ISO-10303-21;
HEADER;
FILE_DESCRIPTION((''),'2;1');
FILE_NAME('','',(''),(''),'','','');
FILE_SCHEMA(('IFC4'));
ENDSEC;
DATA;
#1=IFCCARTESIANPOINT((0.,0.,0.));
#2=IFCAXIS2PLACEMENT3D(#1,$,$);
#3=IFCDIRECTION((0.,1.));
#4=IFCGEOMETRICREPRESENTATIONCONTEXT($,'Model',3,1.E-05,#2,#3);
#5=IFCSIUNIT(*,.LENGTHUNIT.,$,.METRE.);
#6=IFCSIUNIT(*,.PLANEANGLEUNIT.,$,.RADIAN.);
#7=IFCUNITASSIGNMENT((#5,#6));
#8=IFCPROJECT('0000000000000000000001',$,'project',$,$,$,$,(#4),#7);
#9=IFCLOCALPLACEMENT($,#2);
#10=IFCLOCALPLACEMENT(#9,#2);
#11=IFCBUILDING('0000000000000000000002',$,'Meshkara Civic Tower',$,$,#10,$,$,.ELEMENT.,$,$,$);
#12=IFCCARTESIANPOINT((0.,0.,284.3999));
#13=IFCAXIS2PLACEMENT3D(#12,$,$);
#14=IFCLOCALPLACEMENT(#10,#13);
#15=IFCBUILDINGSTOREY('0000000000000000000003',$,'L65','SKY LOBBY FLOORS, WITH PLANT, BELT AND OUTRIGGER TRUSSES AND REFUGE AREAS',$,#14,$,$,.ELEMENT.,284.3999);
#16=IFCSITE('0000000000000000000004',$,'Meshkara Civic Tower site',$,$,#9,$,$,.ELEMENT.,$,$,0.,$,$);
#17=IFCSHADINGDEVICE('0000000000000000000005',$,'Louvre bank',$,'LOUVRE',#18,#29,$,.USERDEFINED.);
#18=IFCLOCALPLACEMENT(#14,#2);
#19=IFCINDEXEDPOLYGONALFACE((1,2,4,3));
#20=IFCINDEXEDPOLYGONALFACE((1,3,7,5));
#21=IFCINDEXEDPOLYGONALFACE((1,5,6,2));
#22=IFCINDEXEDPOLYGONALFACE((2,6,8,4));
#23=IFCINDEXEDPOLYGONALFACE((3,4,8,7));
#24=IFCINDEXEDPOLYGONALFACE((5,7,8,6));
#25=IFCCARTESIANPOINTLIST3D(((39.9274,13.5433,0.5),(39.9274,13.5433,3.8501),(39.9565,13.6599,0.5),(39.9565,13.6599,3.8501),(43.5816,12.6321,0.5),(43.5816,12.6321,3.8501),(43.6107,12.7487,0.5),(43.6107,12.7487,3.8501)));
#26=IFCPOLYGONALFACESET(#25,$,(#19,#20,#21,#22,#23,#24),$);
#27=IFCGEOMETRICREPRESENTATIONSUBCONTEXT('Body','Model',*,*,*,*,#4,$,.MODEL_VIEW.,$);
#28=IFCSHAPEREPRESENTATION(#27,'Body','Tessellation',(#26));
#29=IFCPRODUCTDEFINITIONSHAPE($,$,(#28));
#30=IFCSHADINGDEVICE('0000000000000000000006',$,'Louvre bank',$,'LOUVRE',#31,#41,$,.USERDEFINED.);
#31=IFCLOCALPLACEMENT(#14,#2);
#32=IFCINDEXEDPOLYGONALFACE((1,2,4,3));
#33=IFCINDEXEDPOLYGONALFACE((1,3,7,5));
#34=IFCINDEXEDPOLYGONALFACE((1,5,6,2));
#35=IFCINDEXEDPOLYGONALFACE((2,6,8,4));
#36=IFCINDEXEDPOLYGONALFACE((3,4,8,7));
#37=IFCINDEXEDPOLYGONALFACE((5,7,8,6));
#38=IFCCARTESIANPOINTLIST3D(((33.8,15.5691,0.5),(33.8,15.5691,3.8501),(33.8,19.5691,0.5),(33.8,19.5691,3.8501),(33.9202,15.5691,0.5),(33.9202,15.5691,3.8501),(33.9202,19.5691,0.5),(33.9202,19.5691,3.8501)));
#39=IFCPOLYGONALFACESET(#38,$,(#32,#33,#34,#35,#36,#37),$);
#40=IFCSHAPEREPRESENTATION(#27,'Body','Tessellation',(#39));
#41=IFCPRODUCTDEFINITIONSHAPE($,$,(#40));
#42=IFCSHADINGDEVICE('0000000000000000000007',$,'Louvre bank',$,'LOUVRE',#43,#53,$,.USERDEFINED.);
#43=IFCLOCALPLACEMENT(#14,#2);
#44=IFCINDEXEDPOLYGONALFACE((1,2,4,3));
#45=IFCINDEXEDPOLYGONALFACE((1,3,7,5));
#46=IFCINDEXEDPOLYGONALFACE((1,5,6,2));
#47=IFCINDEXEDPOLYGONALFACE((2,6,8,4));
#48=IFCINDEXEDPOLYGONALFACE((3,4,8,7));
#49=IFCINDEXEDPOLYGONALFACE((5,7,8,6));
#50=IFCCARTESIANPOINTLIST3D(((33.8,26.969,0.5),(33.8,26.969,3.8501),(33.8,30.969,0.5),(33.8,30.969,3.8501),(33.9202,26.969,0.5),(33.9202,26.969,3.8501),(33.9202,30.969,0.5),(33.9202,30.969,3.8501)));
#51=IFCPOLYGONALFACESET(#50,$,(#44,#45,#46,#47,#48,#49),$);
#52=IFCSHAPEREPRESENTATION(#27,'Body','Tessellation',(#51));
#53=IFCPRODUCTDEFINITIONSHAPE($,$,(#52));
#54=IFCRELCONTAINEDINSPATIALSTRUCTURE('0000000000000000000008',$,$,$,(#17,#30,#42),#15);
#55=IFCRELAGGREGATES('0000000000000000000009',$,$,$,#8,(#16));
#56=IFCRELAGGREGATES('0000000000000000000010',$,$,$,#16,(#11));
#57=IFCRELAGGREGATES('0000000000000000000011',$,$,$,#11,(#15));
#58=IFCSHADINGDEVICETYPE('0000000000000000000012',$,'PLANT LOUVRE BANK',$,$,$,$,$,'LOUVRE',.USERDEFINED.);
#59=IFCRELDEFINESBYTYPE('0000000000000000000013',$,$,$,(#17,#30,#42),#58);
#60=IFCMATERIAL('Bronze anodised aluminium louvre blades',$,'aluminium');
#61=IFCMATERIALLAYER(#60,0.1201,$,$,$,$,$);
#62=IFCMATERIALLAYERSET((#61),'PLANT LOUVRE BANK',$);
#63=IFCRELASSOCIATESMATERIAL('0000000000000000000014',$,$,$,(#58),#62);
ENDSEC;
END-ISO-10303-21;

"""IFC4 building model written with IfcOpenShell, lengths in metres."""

from ifc_helpers import new_model, si_unit, direction, frame, origin, origin_2d, place, context, subcontext, project, spatial, rectangle, extrude, material, layer, layer_set, type_object, element, save


model = new_model("IFC4")

# Units and contexts
model_context = context("Model", 3, precision=1e-05, world=origin(), true_north=direction((0.0, 1.0)))
body_context = subcontext(model_context, "Body", "Model", "MODEL_VIEW")
ifc_project = project(units=[si_unit("LENGTHUNIT", "METRE"), si_unit("PLANEANGLEUNIT", "RADIAN")], contexts=[model_context])

# Site, building, storey
site_placement = place(None, origin())
site = spatial("IfcSite", under=ifc_project, at=site_placement, Name="Meshkara Civic Tower site", CompositionType="ELEMENT", RefElevation=0.0)
building_placement = place(site_placement, origin())
building = spatial("IfcBuilding", under=site, at=building_placement, Name="Meshkara Civic Tower", CompositionType="ELEMENT")
storey_placement = place(building_placement, frame((0.0, 0.0, 284.3999)))
storey = spatial("IfcBuildingStorey", under=building, at=storey_placement, Name="L65", Description="SKY LOBBY FLOORS, WITH PLANT, BELT AND OUTRIGGER TRUSSES AND REFUGE AREAS", CompositionType="ELEMENT", Elevation=284.3999)

# Shading devices
ifc_material_1 = material(Name="Bronze anodised aluminium louvre blades", Category="aluminium")
ifc_layer_1 = layer(ifc_material_1, 0.1201)
ifc_layer_set_1 = layer_set([ifc_layer_1], Name="PLANT LOUVRE BANK")
shading_device_type = type_object("IfcShadingDeviceType", Name="PLANT LOUVRE BANK", ElementType="LOUVRE", PredefinedType="USERDEFINED", material=ifc_layer_set_1)
shading_device_placement = place(storey_placement, frame((41.769, 13.146, 0.5), z_axis=(0.0, 0.0, 1.0), x_axis=(-0.970292, 0.241939, 0.0)))
element("IfcShadingDevice", 1, at=shading_device_placement, inside=storey, type_object=shading_device_type, Name="Louvre bank", ObjectType="LOUVRE", PredefinedType="USERDEFINED", context=body_context, shape_type="SweptSolid", body=[
    extrude(rectangle(XDim=3.7661, YDim=0.1201, at=origin_2d()), origin(), (0.0, 0.0, 1.0), 3.3501),
])
for number, where, z_axis, x_axis, name in (
    (2, (33.8601, 17.5691, 0.5), (0.0, 0.0, 1.0), (0.0, 1.0, 0.0), "Louvre bank"),
    (3, (33.8601, 28.969, 0.5), (0.0, 0.0, 1.0), (0.0, 1.0, 0.0), "Louvre bank"),
):
    element("IfcShadingDevice", number, at=place(storey_placement, frame(where, z_axis=z_axis, x_axis=x_axis)), inside=storey, type_object=shading_device_type, Name=name, ObjectType="LOUVRE", PredefinedType="USERDEFINED", context=body_context, shape_type="SweptSolid", body=[
        extrude(rectangle(XDim=4.0, YDim=0.1201, at=origin_2d()), origin(), (0.0, 0.0, 1.0), 3.3501),
    ])

save(model, "model.ifc")
